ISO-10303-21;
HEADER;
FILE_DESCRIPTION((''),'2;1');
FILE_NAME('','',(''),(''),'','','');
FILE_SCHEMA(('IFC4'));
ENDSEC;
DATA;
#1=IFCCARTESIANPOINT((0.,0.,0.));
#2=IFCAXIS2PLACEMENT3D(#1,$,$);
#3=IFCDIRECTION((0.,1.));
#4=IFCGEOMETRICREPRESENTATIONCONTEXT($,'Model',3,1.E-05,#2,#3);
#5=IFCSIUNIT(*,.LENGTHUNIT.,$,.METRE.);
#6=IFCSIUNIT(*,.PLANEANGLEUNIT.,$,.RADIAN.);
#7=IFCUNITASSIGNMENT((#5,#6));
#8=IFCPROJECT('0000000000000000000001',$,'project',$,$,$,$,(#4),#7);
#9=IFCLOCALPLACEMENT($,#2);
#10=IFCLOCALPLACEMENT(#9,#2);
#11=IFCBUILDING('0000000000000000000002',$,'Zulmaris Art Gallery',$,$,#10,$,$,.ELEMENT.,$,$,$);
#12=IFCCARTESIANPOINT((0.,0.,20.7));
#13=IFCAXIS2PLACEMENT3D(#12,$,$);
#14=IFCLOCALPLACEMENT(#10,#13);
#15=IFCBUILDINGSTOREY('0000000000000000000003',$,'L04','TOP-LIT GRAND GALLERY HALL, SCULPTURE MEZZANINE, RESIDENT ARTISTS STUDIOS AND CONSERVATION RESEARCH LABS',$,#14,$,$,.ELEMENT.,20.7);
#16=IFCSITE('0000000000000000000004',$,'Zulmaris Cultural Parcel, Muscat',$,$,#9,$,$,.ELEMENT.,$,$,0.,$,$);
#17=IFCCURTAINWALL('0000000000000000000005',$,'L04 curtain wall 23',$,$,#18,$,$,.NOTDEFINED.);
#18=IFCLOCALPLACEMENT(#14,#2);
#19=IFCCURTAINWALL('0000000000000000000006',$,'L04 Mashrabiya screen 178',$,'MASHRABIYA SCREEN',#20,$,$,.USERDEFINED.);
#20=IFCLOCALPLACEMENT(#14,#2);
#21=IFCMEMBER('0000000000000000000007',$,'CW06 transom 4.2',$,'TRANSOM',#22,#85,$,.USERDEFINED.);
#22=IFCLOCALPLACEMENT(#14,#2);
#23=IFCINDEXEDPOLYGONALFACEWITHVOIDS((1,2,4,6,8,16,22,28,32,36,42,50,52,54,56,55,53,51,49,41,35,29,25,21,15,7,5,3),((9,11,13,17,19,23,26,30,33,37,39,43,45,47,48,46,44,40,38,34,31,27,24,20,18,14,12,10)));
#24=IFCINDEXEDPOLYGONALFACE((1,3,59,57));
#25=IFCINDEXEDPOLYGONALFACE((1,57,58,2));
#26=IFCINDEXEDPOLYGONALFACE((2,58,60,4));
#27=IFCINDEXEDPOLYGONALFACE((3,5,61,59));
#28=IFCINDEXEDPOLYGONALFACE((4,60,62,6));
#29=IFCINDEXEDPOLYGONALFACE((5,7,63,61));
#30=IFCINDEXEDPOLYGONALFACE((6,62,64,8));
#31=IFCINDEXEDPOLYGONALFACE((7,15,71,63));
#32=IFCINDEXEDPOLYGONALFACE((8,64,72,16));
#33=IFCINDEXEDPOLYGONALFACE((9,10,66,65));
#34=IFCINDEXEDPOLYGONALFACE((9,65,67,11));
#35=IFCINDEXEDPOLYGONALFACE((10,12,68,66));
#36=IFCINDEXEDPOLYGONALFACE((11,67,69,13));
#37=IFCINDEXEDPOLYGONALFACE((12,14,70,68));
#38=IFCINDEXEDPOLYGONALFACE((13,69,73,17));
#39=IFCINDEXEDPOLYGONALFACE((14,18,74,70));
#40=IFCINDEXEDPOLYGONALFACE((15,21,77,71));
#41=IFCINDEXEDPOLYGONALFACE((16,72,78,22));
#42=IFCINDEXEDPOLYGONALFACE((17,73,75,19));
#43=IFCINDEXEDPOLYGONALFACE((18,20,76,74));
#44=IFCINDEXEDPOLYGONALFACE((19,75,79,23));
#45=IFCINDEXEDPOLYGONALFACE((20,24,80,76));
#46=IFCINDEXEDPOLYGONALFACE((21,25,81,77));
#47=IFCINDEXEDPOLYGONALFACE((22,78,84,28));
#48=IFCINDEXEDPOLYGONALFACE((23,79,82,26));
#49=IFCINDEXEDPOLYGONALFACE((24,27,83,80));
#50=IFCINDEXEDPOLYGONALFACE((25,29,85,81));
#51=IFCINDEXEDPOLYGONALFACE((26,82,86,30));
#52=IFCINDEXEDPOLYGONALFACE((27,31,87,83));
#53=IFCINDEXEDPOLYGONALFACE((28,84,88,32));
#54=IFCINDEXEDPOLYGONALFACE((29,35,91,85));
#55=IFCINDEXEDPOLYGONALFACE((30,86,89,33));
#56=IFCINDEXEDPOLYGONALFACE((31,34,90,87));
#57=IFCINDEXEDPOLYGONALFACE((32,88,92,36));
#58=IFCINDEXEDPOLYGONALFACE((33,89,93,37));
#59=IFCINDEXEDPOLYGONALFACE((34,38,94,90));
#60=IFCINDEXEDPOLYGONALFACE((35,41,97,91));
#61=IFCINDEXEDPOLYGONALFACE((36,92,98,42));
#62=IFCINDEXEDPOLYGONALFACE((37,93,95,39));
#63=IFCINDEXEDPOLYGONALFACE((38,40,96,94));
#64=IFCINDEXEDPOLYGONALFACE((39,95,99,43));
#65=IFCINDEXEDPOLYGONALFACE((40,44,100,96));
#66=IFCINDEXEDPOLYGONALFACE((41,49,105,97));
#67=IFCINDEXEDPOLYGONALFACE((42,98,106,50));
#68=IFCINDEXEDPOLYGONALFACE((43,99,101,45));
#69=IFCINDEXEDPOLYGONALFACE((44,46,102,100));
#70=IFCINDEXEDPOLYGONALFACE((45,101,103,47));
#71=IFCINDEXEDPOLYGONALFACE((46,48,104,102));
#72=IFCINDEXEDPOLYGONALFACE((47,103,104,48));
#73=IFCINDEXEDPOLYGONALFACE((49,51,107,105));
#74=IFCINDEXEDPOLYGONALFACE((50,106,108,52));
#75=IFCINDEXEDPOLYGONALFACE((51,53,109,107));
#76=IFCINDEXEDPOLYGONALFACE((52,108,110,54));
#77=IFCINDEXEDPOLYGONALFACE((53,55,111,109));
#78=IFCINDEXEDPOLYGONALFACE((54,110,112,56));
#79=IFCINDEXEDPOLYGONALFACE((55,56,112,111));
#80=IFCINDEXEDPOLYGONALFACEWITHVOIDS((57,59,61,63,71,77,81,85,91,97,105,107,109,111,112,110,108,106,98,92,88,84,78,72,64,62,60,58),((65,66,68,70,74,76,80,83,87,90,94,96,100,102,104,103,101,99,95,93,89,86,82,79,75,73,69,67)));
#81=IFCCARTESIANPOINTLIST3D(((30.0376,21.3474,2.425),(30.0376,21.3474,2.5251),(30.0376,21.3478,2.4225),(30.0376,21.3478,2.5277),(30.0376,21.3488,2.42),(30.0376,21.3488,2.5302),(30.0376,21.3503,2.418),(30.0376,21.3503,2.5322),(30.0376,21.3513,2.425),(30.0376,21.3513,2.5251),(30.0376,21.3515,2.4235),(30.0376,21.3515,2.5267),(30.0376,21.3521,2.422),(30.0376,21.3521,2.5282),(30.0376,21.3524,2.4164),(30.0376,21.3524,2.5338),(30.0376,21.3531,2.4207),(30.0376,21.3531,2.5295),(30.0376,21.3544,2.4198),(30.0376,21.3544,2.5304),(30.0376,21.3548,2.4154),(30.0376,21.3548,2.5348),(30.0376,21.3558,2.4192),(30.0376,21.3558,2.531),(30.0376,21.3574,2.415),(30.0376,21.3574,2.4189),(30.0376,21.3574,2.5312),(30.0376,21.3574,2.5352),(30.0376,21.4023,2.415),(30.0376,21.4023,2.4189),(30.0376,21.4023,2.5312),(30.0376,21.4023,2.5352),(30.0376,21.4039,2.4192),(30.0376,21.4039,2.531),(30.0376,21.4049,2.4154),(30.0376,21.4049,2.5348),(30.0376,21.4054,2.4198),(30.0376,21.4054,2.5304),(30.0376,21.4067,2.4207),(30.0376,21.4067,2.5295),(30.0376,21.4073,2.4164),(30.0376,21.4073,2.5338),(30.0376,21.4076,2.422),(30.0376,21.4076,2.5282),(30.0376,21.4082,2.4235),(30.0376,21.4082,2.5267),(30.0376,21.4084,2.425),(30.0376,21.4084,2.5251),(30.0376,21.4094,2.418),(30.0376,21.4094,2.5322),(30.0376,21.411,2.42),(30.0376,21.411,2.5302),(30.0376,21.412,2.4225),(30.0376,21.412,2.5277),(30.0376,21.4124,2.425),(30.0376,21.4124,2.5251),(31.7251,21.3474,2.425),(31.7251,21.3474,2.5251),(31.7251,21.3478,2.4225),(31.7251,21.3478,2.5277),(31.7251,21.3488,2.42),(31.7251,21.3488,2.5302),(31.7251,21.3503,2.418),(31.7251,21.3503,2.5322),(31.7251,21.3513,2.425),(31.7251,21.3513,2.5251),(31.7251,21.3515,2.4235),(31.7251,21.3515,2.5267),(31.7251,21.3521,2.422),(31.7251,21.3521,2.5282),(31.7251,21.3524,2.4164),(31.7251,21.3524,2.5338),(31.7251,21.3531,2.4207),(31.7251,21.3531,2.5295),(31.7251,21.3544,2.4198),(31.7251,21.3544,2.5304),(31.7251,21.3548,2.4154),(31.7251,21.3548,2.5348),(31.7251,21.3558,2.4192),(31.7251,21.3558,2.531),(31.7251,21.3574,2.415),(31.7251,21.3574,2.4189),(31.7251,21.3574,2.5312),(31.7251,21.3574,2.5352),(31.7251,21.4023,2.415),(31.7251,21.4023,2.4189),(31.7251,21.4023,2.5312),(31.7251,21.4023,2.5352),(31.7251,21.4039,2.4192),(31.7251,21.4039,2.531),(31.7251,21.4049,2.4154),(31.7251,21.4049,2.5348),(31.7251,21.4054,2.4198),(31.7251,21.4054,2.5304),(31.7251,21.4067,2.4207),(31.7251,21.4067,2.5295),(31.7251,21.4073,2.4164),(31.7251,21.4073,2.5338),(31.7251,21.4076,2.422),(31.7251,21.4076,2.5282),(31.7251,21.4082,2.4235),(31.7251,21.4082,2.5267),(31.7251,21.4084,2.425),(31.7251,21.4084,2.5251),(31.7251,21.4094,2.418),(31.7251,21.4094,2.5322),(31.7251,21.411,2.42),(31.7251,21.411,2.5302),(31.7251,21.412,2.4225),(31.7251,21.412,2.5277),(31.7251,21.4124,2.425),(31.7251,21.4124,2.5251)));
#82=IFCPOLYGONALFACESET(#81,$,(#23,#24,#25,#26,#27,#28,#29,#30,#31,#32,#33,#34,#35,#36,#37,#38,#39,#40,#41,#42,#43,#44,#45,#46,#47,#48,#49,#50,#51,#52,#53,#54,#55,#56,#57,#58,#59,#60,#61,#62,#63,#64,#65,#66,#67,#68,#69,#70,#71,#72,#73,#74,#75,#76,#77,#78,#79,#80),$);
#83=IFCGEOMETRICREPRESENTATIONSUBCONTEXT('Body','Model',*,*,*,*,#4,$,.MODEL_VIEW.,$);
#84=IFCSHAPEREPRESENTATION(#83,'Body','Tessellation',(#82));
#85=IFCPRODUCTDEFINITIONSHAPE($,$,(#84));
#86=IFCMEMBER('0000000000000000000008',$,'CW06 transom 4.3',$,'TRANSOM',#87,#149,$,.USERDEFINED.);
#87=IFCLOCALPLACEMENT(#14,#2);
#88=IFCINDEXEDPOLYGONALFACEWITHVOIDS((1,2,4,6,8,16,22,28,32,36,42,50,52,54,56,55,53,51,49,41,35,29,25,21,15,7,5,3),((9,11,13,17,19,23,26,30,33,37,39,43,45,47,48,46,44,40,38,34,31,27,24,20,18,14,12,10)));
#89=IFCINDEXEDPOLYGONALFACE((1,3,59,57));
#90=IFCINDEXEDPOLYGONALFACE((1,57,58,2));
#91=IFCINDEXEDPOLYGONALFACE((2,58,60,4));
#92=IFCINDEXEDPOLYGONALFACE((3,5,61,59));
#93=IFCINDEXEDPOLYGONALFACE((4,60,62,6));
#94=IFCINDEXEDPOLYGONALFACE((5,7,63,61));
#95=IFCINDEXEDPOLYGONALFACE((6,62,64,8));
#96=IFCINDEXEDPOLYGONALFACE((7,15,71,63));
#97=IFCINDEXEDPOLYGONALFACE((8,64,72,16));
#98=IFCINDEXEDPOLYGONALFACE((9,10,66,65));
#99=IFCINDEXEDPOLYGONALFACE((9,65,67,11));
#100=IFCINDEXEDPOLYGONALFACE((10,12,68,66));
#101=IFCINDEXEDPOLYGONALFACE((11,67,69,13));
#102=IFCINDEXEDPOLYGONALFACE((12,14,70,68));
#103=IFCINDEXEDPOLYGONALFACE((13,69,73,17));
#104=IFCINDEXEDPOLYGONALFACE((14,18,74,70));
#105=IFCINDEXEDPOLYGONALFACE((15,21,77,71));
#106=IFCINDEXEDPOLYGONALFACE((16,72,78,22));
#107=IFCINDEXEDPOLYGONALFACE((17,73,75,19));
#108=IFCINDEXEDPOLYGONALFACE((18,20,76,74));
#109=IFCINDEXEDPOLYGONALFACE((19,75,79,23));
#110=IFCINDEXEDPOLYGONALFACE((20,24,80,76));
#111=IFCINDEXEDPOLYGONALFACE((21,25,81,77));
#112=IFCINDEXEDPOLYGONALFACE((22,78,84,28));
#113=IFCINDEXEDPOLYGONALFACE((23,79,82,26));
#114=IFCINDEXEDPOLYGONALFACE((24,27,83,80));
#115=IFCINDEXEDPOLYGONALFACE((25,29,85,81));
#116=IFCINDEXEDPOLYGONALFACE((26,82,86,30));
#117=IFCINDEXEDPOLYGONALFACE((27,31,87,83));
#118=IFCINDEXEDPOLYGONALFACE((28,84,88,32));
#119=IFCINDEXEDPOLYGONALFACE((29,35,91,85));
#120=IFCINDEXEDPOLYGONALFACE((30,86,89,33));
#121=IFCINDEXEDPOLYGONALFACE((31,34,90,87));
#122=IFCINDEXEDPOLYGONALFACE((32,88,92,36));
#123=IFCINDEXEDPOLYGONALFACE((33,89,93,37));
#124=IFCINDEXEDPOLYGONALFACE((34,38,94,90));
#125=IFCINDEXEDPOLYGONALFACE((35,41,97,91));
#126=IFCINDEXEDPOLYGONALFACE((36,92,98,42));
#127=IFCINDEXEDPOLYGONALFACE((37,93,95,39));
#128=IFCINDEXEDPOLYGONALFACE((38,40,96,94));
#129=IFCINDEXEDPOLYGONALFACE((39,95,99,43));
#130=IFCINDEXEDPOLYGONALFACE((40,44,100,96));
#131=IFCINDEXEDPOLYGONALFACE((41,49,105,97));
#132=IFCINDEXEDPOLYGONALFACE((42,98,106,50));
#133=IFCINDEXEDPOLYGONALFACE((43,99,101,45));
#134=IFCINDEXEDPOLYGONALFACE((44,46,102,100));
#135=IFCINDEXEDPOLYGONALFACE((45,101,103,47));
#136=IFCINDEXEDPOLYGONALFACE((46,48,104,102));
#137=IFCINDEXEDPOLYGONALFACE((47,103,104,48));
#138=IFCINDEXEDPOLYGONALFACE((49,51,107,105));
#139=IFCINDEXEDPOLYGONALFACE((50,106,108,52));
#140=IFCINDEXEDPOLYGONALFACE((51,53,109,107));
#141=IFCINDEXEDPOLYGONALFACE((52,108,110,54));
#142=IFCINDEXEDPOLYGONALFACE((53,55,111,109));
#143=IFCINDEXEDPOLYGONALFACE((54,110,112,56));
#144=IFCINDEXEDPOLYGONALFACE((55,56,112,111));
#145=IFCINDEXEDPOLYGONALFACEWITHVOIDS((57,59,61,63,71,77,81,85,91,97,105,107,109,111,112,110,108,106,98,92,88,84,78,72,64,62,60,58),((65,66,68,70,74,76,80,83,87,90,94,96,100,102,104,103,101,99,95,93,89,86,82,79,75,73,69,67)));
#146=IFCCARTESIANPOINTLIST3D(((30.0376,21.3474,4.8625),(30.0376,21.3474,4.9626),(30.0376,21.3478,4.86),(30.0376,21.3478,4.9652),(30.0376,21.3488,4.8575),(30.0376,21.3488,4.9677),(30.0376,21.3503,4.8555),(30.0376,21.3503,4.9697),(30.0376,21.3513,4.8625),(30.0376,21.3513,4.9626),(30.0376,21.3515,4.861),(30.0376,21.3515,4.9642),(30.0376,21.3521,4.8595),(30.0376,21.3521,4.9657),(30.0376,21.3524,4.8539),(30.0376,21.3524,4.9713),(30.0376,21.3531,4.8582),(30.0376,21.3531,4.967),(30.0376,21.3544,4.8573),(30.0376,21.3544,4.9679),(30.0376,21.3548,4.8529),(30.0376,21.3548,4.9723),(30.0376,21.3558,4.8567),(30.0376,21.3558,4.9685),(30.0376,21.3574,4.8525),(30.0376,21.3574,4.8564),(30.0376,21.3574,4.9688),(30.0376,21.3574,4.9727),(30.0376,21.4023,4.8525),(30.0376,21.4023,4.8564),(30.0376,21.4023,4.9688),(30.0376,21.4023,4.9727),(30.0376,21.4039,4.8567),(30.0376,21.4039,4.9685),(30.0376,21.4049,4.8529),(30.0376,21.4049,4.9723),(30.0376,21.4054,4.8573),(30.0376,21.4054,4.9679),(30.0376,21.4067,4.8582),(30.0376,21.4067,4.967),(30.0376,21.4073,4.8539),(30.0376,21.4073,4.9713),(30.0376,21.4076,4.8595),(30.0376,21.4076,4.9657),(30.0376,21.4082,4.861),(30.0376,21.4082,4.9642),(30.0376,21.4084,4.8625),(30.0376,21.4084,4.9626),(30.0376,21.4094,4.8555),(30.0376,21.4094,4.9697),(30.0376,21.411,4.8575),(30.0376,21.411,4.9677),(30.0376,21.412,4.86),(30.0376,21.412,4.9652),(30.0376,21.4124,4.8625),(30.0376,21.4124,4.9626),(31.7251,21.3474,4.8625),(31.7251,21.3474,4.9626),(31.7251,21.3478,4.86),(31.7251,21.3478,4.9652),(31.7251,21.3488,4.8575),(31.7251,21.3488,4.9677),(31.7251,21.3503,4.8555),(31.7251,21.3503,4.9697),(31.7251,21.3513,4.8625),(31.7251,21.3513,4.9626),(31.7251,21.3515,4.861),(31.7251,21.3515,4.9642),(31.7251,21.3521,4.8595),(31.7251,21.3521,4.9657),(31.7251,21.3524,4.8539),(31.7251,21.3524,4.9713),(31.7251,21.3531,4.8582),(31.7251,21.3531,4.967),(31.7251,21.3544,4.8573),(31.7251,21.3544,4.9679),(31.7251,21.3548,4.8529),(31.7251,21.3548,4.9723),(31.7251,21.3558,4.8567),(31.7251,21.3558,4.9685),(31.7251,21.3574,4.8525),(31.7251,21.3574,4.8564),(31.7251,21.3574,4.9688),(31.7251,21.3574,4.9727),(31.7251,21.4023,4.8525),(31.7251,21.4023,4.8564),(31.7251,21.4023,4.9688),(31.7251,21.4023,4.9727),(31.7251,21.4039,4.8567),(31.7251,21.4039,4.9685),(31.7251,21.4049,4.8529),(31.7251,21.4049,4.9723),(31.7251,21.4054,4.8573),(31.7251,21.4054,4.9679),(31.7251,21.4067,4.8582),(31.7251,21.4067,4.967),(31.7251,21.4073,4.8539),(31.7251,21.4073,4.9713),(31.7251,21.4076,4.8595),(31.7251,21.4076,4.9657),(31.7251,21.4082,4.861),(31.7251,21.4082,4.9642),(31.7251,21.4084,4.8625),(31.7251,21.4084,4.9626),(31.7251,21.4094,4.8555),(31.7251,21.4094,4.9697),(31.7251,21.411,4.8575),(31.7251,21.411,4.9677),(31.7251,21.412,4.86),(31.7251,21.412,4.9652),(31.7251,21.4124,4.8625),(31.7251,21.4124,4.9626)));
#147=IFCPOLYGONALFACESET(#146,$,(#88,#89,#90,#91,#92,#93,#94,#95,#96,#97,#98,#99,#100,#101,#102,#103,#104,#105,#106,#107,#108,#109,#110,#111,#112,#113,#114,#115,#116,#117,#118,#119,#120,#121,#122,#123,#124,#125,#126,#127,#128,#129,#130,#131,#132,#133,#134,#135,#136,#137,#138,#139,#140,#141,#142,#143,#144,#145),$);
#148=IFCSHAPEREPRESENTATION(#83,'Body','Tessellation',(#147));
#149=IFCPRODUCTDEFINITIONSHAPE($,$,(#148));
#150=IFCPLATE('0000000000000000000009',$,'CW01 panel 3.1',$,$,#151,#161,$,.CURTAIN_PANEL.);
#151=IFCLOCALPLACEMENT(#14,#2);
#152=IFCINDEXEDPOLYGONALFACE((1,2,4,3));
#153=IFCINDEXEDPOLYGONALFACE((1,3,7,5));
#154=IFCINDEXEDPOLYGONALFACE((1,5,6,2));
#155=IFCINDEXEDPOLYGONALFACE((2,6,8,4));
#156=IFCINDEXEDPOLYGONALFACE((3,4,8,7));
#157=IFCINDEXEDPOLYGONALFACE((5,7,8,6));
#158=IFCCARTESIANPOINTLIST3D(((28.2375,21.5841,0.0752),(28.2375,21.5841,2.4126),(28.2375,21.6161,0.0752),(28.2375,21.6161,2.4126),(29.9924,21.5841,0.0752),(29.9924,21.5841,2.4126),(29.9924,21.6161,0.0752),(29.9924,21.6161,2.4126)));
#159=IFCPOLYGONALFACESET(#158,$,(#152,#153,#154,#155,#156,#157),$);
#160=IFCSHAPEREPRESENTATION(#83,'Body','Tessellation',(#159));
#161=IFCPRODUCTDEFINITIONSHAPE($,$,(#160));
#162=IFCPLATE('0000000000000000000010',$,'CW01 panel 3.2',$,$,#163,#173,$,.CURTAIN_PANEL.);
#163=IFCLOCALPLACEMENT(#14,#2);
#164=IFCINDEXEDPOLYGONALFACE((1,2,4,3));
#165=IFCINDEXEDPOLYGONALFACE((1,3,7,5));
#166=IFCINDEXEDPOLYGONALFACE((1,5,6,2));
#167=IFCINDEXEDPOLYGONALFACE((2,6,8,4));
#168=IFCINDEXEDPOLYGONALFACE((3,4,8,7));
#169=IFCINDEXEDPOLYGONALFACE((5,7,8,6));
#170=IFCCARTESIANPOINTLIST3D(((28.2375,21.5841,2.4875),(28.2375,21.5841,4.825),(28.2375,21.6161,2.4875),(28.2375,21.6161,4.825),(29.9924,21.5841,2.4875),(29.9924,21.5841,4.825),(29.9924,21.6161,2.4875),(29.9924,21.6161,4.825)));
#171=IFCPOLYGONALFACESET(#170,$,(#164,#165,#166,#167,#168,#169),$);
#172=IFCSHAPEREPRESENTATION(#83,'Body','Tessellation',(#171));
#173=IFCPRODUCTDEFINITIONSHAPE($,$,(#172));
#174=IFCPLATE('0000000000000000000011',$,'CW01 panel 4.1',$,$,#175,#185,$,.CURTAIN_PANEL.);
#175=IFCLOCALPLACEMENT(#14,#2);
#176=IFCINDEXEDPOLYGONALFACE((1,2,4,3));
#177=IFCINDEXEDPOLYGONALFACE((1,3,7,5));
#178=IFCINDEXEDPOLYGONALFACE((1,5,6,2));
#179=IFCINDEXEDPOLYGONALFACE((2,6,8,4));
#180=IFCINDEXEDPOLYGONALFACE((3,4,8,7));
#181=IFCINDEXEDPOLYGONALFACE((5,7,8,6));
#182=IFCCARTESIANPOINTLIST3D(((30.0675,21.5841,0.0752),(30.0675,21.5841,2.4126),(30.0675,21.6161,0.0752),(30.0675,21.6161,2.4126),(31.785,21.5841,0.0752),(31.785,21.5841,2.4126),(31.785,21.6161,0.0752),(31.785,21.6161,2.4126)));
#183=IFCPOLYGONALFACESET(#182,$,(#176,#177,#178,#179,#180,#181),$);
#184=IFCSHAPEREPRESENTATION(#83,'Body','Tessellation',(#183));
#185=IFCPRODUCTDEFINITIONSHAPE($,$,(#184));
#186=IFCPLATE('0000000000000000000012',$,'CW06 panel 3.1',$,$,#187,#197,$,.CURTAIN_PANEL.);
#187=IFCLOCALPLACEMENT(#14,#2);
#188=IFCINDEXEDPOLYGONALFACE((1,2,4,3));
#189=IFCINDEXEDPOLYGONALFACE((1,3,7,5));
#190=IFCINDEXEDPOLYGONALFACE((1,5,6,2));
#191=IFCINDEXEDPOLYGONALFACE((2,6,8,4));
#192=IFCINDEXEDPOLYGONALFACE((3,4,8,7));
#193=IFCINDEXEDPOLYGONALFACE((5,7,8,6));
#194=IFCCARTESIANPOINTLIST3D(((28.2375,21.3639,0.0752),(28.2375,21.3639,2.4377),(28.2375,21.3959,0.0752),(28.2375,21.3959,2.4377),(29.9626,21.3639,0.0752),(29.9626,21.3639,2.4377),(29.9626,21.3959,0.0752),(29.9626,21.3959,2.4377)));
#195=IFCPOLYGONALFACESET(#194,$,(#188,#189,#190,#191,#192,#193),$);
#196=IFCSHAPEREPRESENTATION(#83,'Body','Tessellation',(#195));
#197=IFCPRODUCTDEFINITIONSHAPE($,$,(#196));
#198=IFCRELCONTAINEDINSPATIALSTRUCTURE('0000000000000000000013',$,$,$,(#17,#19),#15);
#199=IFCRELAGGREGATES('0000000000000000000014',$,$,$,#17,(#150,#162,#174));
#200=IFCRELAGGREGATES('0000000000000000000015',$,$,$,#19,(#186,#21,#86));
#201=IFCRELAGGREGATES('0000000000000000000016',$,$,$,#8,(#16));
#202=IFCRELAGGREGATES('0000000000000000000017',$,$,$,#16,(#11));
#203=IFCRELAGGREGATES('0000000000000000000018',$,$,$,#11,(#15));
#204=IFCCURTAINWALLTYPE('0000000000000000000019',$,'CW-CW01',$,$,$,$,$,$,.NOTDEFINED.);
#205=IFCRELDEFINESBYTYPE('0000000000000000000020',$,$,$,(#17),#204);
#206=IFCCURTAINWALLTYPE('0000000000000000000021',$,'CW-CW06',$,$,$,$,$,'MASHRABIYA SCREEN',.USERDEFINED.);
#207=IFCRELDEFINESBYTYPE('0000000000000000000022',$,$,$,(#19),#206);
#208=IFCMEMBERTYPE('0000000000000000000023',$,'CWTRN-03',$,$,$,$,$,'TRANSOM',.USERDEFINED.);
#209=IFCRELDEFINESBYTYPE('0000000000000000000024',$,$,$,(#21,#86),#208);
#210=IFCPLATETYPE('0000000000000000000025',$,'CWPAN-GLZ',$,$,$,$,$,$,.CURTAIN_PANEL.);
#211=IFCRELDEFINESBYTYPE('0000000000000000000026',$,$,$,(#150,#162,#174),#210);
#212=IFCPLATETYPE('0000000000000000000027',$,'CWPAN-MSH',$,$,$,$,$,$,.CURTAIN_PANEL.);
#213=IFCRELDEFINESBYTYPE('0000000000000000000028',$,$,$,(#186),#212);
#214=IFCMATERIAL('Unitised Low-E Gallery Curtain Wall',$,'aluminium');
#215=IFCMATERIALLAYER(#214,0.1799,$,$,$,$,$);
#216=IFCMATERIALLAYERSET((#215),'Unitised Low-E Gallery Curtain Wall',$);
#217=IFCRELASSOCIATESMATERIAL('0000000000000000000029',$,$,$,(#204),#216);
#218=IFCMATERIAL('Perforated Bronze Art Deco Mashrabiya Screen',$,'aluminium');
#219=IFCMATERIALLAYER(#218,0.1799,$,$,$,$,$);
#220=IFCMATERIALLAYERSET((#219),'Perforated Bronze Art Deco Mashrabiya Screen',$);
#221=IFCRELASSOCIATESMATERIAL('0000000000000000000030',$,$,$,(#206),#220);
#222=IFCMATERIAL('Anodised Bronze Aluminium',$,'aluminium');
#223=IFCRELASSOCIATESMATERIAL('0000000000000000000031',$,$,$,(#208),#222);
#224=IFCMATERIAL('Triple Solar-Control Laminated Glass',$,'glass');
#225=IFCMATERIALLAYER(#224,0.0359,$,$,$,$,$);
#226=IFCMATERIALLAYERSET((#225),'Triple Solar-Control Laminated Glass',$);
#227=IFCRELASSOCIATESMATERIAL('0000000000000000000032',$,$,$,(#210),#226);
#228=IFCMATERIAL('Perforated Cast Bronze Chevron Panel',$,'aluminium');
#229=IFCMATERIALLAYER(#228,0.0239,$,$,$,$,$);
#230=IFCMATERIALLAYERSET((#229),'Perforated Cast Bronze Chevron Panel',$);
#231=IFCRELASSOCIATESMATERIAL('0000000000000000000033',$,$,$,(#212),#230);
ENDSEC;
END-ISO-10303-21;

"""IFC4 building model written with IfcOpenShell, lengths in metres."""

from ifc_helpers import new_model, si_unit, direction, frame, origin, origin_2d, place, context, subcontext, project, spatial, rectangle, hollow_rectangle, extrude, material, layer, layer_set, material_profile, profile_set, type_object, element, aggregate, save


model = new_model("IFC4")

# Units and contexts
model_context = context("Model", 3, precision=1e-05, world=origin(), true_north=direction((0.0, 1.0)))
body_context = subcontext(model_context, "Body", "Model", "MODEL_VIEW")
ifc_project = project(units=[si_unit("LENGTHUNIT", "METRE"), si_unit("PLANEANGLEUNIT", "RADIAN")], contexts=[model_context])

# Site, building, storey
site_placement = place(None, origin())
site = spatial("IfcSite", under=ifc_project, at=site_placement, Name="Zulmaris Cultural Parcel, Muscat", CompositionType="ELEMENT", RefElevation=0.0)
building_placement = place(site_placement, origin())
building = spatial("IfcBuilding", under=site, at=building_placement, Name="Zulmaris Art Gallery", CompositionType="ELEMENT")
storey_placement = place(building_placement, frame((0.0, 0.0, 20.7)))
storey = spatial("IfcBuildingStorey", under=building, at=storey_placement, Name="L04", Description="TOP-LIT GRAND GALLERY HALL, SCULPTURE MEZZANINE, RESIDENT ARTISTS STUDIOS AND CONSERVATION RESEARCH LABS", CompositionType="ELEMENT", Elevation=20.7)

# Curtain walls
ifc_material_1 = material(Name="Unitised Low-E Gallery Curtain Wall", Category="aluminium")
ifc_layer_1 = layer(ifc_material_1, 0.1799)
ifc_layer_set_1 = layer_set([ifc_layer_1], Name="Unitised Low-E Gallery Curtain Wall")
curtain_wall_type_1 = type_object("IfcCurtainWallType", Name="CW-CW01", PredefinedType="NOTDEFINED", material=ifc_layer_set_1)
curtain_wall_1_placement = place(storey_placement, origin())
curtain_wall_1 = element("IfcCurtainWall", 1, at=curtain_wall_1_placement, inside=storey, type_object=curtain_wall_type_1, Name="L04 curtain wall 23", PredefinedType="NOTDEFINED")
ifc_material_2 = material(Name="Anodised Bronze Aluminium", Category="aluminium")
ifc_material_3 = material(Name="Perforated Bronze Art Deco Mashrabiya Screen", Category="aluminium")
ifc_layer_2 = layer(ifc_material_3, 0.1799)
ifc_layer_set_2 = layer_set([ifc_layer_2], Name="Perforated Bronze Art Deco Mashrabiya Screen")
curtain_wall_type_2 = type_object("IfcCurtainWallType", Name="CW-CW06", ElementType="MASHRABIYA SCREEN", PredefinedType="USERDEFINED", material=ifc_layer_set_2)
curtain_wall_2_placement = place(storey_placement, origin())
curtain_wall_2 = element("IfcCurtainWall", 2, at=curtain_wall_2_placement, inside=storey, type_object=curtain_wall_type_2, Name="L04 Mashrabiya screen 178", ObjectType="MASHRABIYA SCREEN", PredefinedType="USERDEFINED")

# Members
ifc_material_profile_1 = material_profile(ifc_material_2, hollow_rectangle(XDim=0.0649, YDim=0.1201, WallThickness=0.0039, InnerFilletRadius=0.0061, OuterFilletRadius=0.01, at=origin_2d()), Name="ALU 65x120x4")
ifc_profile_set_1 = profile_set([ifc_material_profile_1], Name="Anodised Bronze Aluminium")
member_type_1 = type_object("IfcMemberType", Name="CWTRN-03", ElementType="TRANSOM", PredefinedType="USERDEFINED", material=ifc_profile_set_1)
member_1_placement = place(storey_placement, frame((30.0376, 21.3799, 2.4751), z_axis=(1.0, 0.0, 0.0), x_axis=(0.0, 1.0, 0.0)))
member_1 = element("IfcMember", 3, at=member_1_placement, type_object=member_type_1, Name="CW06 transom 4.2", ObjectType="TRANSOM", PredefinedType="USERDEFINED", context=body_context, shape_type="SweptSolid", body=[
    extrude(hollow_rectangle(XDim=0.0649, YDim=0.1201, WallThickness=0.0039, InnerFilletRadius=0.0061, OuterFilletRadius=0.01, at=origin_2d()), origin(), (0.0, 0.0, 1.0), 1.6875),
])
member_2_placement = place(storey_placement, frame((30.0376, 21.3799, 4.9126), z_axis=(1.0, 0.0, 0.0), x_axis=(0.0, 1.0, 0.0)))
member_2 = element("IfcMember", 4, at=member_2_placement, type_object=member_type_1, Name="CW06 transom 4.3", ObjectType="TRANSOM", PredefinedType="USERDEFINED", context=body_context, shape_type="SweptSolid", body=[
    extrude(hollow_rectangle(XDim=0.0649, YDim=0.1201, WallThickness=0.0039, InnerFilletRadius=0.0061, OuterFilletRadius=0.01, at=origin_2d()), origin(), (0.0, 0.0, 1.0), 1.6875),
])

# Plates
ifc_material_4 = material(Name="Triple Solar-Control Laminated Glass", Category="glass")
ifc_layer_3 = layer(ifc_material_4, 0.0359)
ifc_layer_set_3 = layer_set([ifc_layer_3], Name="Triple Solar-Control Laminated Glass")
plate_type_1 = type_object("IfcPlateType", Name="CWPAN-GLZ", PredefinedType="CURTAIN_PANEL", material=ifc_layer_set_3)
plate_1_placement = place(storey_placement, frame((29.115, 21.6001, 0.0752), z_axis=(0.0, 0.0, 1.0), x_axis=(1.0, 0.0, 0.0)))
plate_1 = element("IfcPlate", 5, at=plate_1_placement, type_object=plate_type_1, Name="CW01 panel 3.1", PredefinedType="CURTAIN_PANEL", context=body_context, shape_type="SweptSolid", body=[
    extrude(rectangle(XDim=1.7549, YDim=0.032, at=origin_2d()), origin(), (0.0, 0.0, 1.0), 2.3374),
])
plate_2_placement = place(storey_placement, frame((29.115, 21.6001, 2.4875), z_axis=(0.0, 0.0, 1.0), x_axis=(1.0, 0.0, 0.0)))
plate_2 = element("IfcPlate", 6, at=plate_2_placement, type_object=plate_type_1, Name="CW01 panel 3.2", PredefinedType="CURTAIN_PANEL", context=body_context, shape_type="SweptSolid", body=[
    extrude(rectangle(XDim=1.7549, YDim=0.032, at=origin_2d()), origin(), (0.0, 0.0, 1.0), 2.3374),
])
plate_3_placement = place(storey_placement, frame((30.9263, 21.6001, 0.0752), z_axis=(0.0, 0.0, 1.0), x_axis=(1.0, 0.0, 0.0)))
plate_3 = element("IfcPlate", 7, at=plate_3_placement, type_object=plate_type_1, Name="CW01 panel 4.1", PredefinedType="CURTAIN_PANEL", context=body_context, shape_type="SweptSolid", body=[
    extrude(rectangle(XDim=1.7175, YDim=0.032, at=origin_2d()), origin(), (0.0, 0.0, 1.0), 2.3374),
])
aggregate(curtain_wall_1, [plate_1, plate_2, plate_3])
ifc_material_5 = material(Name="Perforated Cast Bronze Chevron Panel", Category="aluminium")
ifc_layer_4 = layer(ifc_material_5, 0.0239)
ifc_layer_set_4 = layer_set([ifc_layer_4], Name="Perforated Cast Bronze Chevron Panel")
plate_type_2 = type_object("IfcPlateType", Name="CWPAN-MSH", PredefinedType="CURTAIN_PANEL", material=ifc_layer_set_4)
plate_4_placement = place(storey_placement, frame((29.1001, 21.3799, 0.0752), z_axis=(0.0, 0.0, 1.0), x_axis=(1.0, 0.0, 0.0)))
plate_4 = element("IfcPlate", 8, at=plate_4_placement, type_object=plate_type_2, Name="CW06 panel 3.1", PredefinedType="CURTAIN_PANEL", context=body_context, shape_type="SweptSolid", body=[
    extrude(rectangle(XDim=1.7251, YDim=0.032, at=origin_2d()), origin(), (0.0, 0.0, 1.0), 2.3625),
])
aggregate(curtain_wall_2, [plate_4, member_1, member_2])

save(model, "model.ifc")
